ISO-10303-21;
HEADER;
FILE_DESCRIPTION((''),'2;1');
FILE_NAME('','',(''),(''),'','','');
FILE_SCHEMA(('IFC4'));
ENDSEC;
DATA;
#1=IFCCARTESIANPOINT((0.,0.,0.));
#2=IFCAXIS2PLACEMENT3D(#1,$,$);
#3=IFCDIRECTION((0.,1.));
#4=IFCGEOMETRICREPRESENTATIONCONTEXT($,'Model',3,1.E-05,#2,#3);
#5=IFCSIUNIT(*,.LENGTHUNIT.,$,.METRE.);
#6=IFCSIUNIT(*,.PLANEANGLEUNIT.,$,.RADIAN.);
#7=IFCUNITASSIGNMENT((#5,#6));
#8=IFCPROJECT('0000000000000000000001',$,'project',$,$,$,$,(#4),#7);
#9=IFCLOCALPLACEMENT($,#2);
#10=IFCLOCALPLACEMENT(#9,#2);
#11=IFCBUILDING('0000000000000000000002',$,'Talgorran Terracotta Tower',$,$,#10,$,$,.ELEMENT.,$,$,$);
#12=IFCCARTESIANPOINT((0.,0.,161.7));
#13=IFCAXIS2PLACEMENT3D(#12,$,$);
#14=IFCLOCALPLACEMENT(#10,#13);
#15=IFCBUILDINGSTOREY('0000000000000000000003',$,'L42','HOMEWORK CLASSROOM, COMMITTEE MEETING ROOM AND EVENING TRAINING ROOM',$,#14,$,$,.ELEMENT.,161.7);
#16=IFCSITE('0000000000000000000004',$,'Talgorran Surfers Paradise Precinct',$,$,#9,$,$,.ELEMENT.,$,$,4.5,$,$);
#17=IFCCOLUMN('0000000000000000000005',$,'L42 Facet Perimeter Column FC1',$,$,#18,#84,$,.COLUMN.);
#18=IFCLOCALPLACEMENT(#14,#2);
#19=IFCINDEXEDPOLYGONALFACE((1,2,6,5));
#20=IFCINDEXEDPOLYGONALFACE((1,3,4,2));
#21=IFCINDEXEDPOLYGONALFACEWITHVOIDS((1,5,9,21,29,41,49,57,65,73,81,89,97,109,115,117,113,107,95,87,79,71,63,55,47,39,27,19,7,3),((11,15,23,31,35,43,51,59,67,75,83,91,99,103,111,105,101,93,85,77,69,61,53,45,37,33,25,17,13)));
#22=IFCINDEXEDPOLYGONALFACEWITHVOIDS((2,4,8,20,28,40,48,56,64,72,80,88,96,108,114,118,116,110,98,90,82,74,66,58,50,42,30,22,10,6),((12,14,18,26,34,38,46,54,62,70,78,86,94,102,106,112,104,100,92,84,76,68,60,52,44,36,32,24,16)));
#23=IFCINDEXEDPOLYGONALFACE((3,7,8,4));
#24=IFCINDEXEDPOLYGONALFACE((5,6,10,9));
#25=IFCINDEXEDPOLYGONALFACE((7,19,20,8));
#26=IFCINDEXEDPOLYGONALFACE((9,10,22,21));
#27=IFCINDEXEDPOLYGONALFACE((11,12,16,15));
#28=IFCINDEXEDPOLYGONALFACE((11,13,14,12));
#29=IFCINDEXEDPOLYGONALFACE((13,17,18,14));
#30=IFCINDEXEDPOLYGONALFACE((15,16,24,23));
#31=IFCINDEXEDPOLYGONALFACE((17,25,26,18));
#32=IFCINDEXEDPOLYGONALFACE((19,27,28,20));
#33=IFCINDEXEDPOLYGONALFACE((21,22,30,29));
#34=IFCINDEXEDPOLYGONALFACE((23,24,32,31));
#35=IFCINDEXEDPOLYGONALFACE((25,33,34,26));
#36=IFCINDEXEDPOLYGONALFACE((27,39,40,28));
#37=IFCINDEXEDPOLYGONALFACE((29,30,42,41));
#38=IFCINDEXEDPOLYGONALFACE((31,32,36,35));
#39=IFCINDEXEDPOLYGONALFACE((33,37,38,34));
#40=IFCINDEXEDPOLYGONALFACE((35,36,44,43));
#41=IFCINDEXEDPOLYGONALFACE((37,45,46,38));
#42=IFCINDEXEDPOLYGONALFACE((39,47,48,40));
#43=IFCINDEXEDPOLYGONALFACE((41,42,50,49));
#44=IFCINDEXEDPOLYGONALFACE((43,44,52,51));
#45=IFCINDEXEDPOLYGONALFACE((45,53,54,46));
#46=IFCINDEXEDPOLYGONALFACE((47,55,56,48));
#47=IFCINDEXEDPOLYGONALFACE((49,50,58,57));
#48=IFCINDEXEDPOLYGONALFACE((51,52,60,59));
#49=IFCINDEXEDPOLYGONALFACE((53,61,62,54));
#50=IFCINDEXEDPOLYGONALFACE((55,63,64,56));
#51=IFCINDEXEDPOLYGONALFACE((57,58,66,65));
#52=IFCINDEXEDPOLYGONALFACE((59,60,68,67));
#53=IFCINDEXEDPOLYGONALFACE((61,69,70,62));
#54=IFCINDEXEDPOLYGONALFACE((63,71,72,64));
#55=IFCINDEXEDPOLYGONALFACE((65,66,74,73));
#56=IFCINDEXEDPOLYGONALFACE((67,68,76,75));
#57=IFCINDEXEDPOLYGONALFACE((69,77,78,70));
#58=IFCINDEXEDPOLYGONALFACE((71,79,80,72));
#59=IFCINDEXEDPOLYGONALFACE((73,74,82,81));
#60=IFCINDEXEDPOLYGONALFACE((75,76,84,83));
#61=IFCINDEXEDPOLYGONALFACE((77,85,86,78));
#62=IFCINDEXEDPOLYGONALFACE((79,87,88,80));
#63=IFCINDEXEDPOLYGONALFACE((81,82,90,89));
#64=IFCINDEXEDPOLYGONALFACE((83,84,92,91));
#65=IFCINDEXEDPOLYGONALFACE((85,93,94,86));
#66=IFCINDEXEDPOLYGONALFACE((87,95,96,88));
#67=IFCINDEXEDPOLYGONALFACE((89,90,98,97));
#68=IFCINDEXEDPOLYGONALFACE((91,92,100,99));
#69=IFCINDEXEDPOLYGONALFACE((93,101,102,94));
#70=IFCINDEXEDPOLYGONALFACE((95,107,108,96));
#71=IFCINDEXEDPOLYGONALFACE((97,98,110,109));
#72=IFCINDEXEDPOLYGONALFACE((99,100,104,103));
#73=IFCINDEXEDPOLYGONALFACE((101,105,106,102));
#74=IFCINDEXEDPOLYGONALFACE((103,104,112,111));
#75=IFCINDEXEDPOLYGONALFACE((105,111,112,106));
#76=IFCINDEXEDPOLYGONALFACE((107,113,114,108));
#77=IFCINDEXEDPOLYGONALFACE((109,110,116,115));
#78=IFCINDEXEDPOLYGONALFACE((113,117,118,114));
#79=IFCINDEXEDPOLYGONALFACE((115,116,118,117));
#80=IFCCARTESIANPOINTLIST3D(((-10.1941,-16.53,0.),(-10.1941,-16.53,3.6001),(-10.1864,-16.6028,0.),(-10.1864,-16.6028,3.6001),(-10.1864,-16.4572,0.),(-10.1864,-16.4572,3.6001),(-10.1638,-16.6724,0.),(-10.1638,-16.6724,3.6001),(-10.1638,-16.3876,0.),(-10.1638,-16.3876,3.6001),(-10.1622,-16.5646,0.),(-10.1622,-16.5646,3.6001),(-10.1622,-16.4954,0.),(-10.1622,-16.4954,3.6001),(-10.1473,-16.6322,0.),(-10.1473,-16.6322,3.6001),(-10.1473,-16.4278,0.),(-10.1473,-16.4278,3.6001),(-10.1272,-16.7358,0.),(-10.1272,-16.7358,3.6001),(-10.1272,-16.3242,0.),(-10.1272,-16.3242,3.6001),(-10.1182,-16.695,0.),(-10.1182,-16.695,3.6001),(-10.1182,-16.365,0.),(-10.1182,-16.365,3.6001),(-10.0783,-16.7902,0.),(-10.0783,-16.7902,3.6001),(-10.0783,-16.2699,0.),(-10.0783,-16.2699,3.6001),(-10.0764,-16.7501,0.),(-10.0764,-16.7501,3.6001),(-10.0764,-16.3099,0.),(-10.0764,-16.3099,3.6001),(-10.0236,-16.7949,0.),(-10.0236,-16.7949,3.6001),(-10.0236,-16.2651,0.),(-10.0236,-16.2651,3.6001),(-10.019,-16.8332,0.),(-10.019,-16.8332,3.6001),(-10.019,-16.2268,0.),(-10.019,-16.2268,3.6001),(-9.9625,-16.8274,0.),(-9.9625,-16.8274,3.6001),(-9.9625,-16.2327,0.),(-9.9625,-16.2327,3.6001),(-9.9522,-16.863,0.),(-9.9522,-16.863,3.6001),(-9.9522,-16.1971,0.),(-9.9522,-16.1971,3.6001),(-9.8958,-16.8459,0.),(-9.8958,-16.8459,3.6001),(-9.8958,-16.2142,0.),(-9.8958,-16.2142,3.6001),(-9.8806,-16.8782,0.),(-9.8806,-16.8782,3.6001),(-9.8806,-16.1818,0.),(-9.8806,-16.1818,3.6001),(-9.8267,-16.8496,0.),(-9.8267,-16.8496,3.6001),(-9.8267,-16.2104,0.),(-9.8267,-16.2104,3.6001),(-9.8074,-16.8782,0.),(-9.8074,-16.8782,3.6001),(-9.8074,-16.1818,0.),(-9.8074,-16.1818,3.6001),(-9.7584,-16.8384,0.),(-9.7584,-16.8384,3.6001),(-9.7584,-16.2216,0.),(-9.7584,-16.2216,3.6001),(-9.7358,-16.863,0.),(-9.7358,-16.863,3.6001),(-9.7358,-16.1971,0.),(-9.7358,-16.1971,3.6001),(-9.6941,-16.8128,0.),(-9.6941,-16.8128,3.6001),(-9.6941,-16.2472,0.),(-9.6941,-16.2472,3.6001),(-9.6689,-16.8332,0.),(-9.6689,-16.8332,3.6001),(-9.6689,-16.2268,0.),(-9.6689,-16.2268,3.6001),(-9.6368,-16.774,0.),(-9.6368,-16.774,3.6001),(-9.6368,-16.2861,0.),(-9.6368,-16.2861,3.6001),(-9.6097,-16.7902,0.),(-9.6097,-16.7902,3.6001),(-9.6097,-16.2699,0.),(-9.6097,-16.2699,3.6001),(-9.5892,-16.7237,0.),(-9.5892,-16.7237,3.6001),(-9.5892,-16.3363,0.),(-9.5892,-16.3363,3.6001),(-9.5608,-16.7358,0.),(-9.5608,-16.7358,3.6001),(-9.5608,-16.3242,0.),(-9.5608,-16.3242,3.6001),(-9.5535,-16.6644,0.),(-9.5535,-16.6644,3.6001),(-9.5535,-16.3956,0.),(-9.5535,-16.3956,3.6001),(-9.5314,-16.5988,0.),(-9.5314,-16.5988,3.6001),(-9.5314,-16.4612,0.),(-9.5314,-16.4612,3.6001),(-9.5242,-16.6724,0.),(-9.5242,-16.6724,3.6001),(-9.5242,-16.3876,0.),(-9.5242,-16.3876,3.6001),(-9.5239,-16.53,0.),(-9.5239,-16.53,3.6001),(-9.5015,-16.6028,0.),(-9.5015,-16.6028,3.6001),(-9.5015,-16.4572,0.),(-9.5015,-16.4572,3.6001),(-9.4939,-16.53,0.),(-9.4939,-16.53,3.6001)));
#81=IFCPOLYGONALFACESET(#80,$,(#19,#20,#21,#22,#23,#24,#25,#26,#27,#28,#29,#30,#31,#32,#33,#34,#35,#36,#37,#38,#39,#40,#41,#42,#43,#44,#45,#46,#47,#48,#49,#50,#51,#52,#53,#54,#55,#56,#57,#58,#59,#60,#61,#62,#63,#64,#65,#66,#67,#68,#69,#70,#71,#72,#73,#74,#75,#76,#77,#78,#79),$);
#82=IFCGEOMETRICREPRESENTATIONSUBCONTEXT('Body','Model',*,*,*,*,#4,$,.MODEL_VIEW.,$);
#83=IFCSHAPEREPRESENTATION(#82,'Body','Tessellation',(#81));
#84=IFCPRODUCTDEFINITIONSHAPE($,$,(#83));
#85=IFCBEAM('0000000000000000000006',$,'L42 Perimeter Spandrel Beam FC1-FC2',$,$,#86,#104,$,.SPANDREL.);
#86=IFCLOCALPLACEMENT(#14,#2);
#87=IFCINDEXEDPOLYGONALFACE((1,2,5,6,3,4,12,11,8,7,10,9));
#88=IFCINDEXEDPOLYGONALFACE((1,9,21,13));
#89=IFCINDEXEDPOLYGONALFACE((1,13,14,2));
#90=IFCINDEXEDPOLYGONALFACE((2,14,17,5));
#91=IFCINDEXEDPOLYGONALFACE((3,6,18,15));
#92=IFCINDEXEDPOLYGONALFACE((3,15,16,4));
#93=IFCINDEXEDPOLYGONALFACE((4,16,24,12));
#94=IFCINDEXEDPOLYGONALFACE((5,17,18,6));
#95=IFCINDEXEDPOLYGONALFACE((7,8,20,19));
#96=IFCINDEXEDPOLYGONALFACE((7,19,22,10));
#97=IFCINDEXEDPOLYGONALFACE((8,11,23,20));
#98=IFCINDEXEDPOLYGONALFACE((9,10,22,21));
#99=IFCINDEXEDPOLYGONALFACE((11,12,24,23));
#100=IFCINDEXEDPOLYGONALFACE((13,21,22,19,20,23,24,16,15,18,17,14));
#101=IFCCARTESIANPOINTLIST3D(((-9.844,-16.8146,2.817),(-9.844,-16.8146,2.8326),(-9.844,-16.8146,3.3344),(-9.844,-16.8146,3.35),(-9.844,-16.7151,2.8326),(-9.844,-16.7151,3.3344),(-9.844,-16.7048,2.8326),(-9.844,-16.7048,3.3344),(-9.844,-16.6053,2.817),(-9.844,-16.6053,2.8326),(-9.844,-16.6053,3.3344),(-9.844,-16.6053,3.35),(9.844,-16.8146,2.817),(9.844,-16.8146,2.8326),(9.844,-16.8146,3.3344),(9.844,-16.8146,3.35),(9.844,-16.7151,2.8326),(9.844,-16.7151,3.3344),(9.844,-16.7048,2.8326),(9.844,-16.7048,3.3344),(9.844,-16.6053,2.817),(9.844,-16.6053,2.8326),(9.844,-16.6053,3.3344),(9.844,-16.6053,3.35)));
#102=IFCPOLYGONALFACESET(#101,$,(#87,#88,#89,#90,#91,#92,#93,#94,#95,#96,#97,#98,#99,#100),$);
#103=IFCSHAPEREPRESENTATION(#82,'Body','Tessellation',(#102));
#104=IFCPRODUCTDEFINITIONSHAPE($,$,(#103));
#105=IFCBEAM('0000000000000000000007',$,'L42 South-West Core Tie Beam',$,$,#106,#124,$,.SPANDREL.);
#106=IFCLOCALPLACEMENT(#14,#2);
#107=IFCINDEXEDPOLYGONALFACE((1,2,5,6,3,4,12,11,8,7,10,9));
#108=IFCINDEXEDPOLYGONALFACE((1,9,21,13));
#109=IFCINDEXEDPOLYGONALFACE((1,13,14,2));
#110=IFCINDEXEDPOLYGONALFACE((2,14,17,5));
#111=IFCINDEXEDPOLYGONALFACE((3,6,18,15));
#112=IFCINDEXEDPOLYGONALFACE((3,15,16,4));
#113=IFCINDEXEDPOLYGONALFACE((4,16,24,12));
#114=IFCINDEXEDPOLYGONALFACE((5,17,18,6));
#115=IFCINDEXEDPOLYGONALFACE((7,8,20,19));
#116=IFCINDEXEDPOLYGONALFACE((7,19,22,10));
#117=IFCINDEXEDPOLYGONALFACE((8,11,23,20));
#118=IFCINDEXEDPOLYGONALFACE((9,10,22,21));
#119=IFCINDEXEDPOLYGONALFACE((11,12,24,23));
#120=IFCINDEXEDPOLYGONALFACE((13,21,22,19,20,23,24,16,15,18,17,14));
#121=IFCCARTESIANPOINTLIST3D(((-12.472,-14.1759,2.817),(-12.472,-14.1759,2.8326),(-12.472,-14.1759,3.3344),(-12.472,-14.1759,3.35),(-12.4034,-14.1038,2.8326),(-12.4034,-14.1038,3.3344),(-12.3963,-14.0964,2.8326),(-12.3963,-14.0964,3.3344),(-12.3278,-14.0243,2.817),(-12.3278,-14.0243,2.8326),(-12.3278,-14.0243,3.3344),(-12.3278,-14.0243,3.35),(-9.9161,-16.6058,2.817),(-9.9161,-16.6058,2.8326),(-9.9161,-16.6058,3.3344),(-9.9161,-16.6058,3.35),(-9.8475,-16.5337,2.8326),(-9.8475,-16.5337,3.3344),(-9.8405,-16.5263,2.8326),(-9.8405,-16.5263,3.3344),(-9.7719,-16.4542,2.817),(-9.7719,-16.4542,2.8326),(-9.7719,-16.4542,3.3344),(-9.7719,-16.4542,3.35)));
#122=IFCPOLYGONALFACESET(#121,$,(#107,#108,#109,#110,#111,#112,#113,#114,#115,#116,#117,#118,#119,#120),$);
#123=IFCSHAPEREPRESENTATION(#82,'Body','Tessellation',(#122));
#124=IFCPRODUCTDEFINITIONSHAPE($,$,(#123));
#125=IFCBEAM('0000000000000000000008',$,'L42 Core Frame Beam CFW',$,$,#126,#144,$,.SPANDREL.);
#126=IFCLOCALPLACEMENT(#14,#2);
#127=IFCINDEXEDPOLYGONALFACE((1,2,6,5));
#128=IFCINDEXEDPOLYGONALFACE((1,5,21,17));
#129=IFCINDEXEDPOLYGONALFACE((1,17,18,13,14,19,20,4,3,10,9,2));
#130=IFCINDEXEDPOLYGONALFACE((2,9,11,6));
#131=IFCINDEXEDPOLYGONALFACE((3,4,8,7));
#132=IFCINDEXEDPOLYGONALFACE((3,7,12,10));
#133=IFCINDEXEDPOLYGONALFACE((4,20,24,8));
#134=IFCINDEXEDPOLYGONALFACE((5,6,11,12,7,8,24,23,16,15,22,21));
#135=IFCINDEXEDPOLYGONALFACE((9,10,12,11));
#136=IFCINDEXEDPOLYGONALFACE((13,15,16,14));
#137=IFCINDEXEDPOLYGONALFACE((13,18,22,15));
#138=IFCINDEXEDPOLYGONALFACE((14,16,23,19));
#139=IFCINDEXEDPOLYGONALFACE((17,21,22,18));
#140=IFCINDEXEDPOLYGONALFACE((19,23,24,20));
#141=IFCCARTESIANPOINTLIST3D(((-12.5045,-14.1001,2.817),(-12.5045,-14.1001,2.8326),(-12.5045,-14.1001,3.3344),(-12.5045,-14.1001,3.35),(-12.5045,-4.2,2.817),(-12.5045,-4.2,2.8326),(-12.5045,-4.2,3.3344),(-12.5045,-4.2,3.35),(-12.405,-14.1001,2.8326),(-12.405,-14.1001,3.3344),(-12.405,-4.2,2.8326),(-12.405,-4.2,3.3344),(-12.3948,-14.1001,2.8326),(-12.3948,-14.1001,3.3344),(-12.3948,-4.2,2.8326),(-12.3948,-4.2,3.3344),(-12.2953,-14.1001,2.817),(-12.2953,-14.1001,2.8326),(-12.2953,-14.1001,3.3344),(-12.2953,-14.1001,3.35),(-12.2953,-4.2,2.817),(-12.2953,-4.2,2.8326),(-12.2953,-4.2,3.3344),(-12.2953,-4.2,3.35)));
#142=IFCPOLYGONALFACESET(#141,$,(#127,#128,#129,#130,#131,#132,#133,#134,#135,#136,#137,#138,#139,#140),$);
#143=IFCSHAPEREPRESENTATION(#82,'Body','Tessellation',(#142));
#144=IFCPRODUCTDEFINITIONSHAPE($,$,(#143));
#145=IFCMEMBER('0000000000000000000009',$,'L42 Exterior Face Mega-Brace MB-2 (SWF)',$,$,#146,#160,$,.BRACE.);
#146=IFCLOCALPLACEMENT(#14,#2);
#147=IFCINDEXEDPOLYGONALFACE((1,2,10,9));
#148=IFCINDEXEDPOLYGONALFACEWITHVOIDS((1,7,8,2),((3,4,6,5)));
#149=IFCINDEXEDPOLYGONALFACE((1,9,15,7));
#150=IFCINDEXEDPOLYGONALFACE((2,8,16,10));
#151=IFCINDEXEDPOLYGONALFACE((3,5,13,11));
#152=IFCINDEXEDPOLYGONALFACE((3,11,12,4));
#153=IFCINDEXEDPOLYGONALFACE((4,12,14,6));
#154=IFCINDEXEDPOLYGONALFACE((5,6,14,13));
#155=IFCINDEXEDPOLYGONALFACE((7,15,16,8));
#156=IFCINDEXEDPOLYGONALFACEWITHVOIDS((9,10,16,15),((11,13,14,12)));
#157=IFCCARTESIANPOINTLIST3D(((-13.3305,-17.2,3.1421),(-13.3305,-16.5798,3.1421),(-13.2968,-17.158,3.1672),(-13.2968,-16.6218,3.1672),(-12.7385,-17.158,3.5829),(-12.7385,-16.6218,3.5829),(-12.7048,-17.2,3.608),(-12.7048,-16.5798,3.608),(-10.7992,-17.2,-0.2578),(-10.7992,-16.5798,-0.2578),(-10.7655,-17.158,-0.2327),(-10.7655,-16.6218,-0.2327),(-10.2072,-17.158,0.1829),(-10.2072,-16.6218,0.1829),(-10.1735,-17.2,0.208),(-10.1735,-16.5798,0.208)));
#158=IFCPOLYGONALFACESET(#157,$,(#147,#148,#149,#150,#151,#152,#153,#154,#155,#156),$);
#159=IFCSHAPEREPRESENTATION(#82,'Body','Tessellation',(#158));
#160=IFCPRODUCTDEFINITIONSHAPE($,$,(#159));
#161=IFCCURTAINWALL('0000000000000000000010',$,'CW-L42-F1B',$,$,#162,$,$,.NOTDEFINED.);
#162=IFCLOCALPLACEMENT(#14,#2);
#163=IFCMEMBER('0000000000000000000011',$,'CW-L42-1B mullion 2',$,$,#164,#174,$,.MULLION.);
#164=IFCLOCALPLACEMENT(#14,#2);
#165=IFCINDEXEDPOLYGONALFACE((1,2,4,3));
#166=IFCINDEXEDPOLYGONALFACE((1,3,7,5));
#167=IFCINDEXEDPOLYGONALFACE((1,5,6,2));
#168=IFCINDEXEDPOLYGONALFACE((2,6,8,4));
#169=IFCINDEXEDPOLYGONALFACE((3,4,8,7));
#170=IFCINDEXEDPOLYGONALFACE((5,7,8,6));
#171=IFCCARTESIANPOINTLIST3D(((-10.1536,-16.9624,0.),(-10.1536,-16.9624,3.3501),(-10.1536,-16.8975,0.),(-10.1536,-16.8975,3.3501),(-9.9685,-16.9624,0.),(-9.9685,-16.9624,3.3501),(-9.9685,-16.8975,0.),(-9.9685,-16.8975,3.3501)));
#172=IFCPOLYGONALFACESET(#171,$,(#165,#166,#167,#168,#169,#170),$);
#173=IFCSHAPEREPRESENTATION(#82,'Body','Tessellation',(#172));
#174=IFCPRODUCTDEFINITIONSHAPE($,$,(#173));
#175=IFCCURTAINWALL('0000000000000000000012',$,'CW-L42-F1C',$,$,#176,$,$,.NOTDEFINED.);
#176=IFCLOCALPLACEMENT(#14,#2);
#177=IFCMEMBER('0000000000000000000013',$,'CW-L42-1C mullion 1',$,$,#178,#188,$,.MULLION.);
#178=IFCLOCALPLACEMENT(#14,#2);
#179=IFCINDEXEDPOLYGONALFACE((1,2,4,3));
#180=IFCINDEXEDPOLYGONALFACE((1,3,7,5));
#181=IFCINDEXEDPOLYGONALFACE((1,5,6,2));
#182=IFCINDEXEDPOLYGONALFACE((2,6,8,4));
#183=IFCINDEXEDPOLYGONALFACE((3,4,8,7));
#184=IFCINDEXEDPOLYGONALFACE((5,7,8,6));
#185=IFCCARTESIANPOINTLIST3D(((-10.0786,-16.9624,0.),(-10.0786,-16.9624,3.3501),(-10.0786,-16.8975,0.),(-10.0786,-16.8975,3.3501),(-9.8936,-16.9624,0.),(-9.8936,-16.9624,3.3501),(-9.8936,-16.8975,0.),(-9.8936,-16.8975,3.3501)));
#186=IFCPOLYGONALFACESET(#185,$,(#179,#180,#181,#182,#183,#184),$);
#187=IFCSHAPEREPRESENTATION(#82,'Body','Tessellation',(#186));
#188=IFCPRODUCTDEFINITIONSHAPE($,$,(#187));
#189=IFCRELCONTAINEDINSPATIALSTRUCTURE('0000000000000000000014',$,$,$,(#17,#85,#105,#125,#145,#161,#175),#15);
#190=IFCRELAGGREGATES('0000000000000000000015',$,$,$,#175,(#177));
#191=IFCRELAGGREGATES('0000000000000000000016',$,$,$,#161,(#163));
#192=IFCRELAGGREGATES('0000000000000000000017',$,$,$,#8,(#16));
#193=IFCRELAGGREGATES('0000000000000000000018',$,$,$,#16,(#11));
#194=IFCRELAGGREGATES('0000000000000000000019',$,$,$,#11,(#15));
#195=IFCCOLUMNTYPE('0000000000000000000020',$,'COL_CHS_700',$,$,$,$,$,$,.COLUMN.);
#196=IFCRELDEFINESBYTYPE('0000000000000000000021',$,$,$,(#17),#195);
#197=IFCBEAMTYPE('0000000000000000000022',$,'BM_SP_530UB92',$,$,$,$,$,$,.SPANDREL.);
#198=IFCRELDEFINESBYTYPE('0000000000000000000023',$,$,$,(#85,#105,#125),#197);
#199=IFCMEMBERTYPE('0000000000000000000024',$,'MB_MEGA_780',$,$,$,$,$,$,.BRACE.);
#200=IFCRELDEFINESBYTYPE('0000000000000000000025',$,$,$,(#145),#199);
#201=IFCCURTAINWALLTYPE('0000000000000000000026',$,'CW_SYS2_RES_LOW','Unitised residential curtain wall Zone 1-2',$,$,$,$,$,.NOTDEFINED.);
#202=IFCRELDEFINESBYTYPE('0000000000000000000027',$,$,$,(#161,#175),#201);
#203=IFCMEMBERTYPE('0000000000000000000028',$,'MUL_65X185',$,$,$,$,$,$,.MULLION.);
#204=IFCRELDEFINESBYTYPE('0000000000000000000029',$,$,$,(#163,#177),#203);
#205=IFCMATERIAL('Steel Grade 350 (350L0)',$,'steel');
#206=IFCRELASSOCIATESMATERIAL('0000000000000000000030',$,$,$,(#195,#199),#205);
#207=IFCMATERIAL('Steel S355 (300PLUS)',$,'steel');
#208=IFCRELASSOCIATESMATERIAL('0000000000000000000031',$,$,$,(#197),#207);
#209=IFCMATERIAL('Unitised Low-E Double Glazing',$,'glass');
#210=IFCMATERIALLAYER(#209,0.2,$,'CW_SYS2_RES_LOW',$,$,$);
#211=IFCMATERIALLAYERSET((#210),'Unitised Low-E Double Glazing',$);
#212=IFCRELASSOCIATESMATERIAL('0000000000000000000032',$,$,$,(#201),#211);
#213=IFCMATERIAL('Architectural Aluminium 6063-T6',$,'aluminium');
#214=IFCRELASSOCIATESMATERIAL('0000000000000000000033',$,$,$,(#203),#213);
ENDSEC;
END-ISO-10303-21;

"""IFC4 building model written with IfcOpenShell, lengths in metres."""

from ifc_helpers import new_model, si_unit, direction, frame, origin, origin_2d, place, context, subcontext, project, spatial, rectangle, hollow_rectangle, hollow_circle, i_section, extrude, material, layer, layer_set, material_profile, profile_set, type_object, element, aggregate, save


model = new_model("IFC4")

# Units and contexts
model_context = context("Model", 3, precision=1e-05, world=origin(), true_north=direction((0.0, 1.0)))
body_context = subcontext(model_context, "Body", "Model", "MODEL_VIEW")
ifc_project = project(units=[si_unit("LENGTHUNIT", "METRE"), si_unit("PLANEANGLEUNIT", "RADIAN")], contexts=[model_context])

# Site, building, storey
site_placement = place(None, origin())
site = spatial("IfcSite", under=ifc_project, at=site_placement, Name="Talgorran Surfers Paradise Precinct", CompositionType="ELEMENT", RefElevation=4.5)
building_placement = place(site_placement, origin())
building = spatial("IfcBuilding", under=site, at=building_placement, Name="Talgorran Terracotta Tower", CompositionType="ELEMENT")
storey_placement = place(building_placement, frame((0.0, 0.0, 161.7)))
storey = spatial("IfcBuildingStorey", under=building, at=storey_placement, Name="L42", Description="HOMEWORK CLASSROOM, COMMITTEE MEETING ROOM AND EVENING TRAINING ROOM", CompositionType="ELEMENT", Elevation=161.7)

# Column
ifc_material_1 = material(Name="Steel Grade 350 (350L0)", Category="steel")
ifc_material_profile_1 = material_profile(ifc_material_1, hollow_circle(Radius=0.3501, WallThickness=0.03, at=origin_2d()), Name="CHS700X30")
ifc_profile_set_1 = profile_set([ifc_material_profile_1], Name="Steel Grade 350 (350L0)")
column_type = type_object("IfcColumnType", Name="COL_CHS_700", PredefinedType="COLUMN", material=ifc_profile_set_1)
column_placement = place(storey_placement, frame((-9.844, -16.53, 0.0), z_axis=(0.0, 0.0, 1.0), x_axis=(1.0, 0.0, 0.0)))
element("IfcColumn", 1, at=column_placement, inside=storey, type_object=column_type, Name="L42 Facet Perimeter Column FC1", PredefinedType="COLUMN", context=body_context, shape_type="SweptSolid", body=[
    extrude(hollow_circle(Radius=0.3501, WallThickness=0.03, at=origin_2d()), origin(), (0.0, 0.0, 1.0), 3.6001),
])

# Beams
ifc_material_2 = material(Name="Steel S355 (300PLUS)", Category="steel")
ifc_material_profile_2 = material_profile(ifc_material_2, i_section(OverallWidth=0.2092, OverallDepth=0.533, WebThickness=0.0103, FlangeThickness=0.0156, at=origin_2d()), Name="530UB92.4")
ifc_profile_set_2 = profile_set([ifc_material_profile_2], Name="Steel S355 (300PLUS)")
beam_type = type_object("IfcBeamType", Name="BM_SP_530UB92", PredefinedType="SPANDREL", material=ifc_profile_set_2)
beam_1_placement = place(storey_placement, frame((-9.844, -16.71, 3.0835), z_axis=(1.0, 0.0, 0.0), x_axis=(0.0, 1.0, 0.0)))
element("IfcBeam", 2, at=beam_1_placement, inside=storey, type_object=beam_type, Name="L42 Perimeter Spandrel Beam FC1-FC2", PredefinedType="SPANDREL", context=body_context, shape_type="SweptSolid", body=[
    extrude(i_section(OverallWidth=0.2092, OverallDepth=0.533, WebThickness=0.0103, FlangeThickness=0.0156, at=origin_2d()), origin(), (0.0, 0.0, 1.0), 19.688),
])
beam_2_placement = place(storey_placement, frame((-9.844, -16.53, 3.0835), z_axis=(-0.724742, 0.689021, 0.0), x_axis=(-0.689021, -0.724742, 0.0)))
element("IfcBeam", 3, at=beam_2_placement, inside=storey, type_object=beam_type, Name="L42 South-West Core Tie Beam", PredefinedType="SPANDREL", context=body_context, shape_type="SweptSolid", body=[
    extrude(i_section(OverallWidth=0.2092, OverallDepth=0.533, WebThickness=0.0103, FlangeThickness=0.0156, at=origin_2d()), origin(), (0.0, 0.0, 1.0), 3.5266),
])
beam_3_placement = place(storey_placement, frame((-12.3999, -14.1001, 3.0835), z_axis=(0.0, 1.0, 0.0), x_axis=(-1.0, 0.0, 0.0)))
element("IfcBeam", 4, at=beam_3_placement, inside=storey, type_object=beam_type, Name="L42 Core Frame Beam CFW", PredefinedType="SPANDREL", context=body_context, shape_type="SweptSolid", body=[
    extrude(i_section(OverallWidth=0.2092, OverallDepth=0.533, WebThickness=0.0103, FlangeThickness=0.0156, at=origin_2d()), origin(), (0.0, 0.0, 1.0), 9.9001),
])

# Member
ifc_material_profile_3 = material_profile(ifc_material_1, hollow_rectangle(XDim=0.6201, YDim=0.78, WallThickness=0.042, at=origin_2d()), Name="WBOX780X620X42")
ifc_profile_set_3 = profile_set([ifc_material_profile_3], Name="Steel Grade 350 (350L0)")
member_type_1 = type_object("IfcMemberType", Name="MB_MEGA_780", PredefinedType="BRACE", material=ifc_profile_set_3)
member_1_placement = place(storey_placement, frame((-10.4863, -16.8899, -0.0249), z_axis=(-0.597176, 0.0, 0.80211), x_axis=(0.0, -1.0, 0.0)))
element("IfcMember", 5, at=member_1_placement, inside=storey, type_object=member_type_1, Name="L42 Exterior Face Mega-Brace MB-2 (SWF)", PredefinedType="BRACE", context=body_context, shape_type="SweptSolid", body=[
    extrude(hollow_rectangle(XDim=0.6201, YDim=0.78, WallThickness=0.042, at=origin_2d()), origin(), (0.0, 0.0, 1.0), 4.2388),
])

# Curtain wall, member
ifc_material_3 = material(Name="Unitised Low-E Double Glazing", Category="glass")
ifc_layer_1 = layer(ifc_material_3, 0.2, Name="CW_SYS2_RES_LOW")
ifc_layer_set_1 = layer_set([ifc_layer_1], Name="Unitised Low-E Double Glazing")
curtain_wall_type = type_object("IfcCurtainWallType", Name="CW_SYS2_RES_LOW", Description="Unitised residential curtain wall Zone 1-2", PredefinedType="NOTDEFINED", material=ifc_layer_set_1)
curtain_wall_1_placement = place(storey_placement, origin())
curtain_wall_1 = element("IfcCurtainWall", 6, at=curtain_wall_1_placement, inside=storey, type_object=curtain_wall_type, Name="CW-L42-F1B", PredefinedType="NOTDEFINED")
ifc_material_4 = material(Name="Architectural Aluminium 6063-T6", Category="aluminium")
ifc_material_profile_4 = material_profile(ifc_material_4, rectangle(XDim=0.0649, YDim=0.1851, at=origin_2d()), Name="CWM65X185")
ifc_profile_set_4 = profile_set([ifc_material_profile_4], Name="Architectural Aluminium 6063-T6")
member_type_2 = type_object("IfcMemberType", Name="MUL_65X185", PredefinedType="MULLION", material=ifc_profile_set_4)
member_2_placement = place(storey_placement, frame((-10.061, -16.9299, 0.0), z_axis=(0.0, 0.0, 1.0), x_axis=(0.0, 1.0, 0.0)))
member_2 = element("IfcMember", 7, at=member_2_placement, type_object=member_type_2, Name="CW-L42-1B mullion 2", PredefinedType="MULLION", context=body_context, shape_type="SweptSolid", body=[
    extrude(rectangle(XDim=0.0649, YDim=0.1851, at=origin_2d()), origin(), (0.0, 0.0, 1.0), 3.3501),
])

# Curtain wall, member
curtain_wall_2_placement = place(storey_placement, origin())
curtain_wall_2 = element("IfcCurtainWall", 8, at=curtain_wall_2_placement, inside=storey, type_object=curtain_wall_type, Name="CW-L42-F1C", PredefinedType="NOTDEFINED")
member_3_placement = place(storey_placement, frame((-9.9861, -16.9299, 0.0), z_axis=(0.0, 0.0, 1.0), x_axis=(0.0, 1.0, 0.0)))
member_3 = element("IfcMember", 9, at=member_3_placement, type_object=member_type_2, Name="CW-L42-1C mullion 1", PredefinedType="MULLION", context=body_context, shape_type="SweptSolid", body=[
    extrude(rectangle(XDim=0.0649, YDim=0.1851, at=origin_2d()), origin(), (0.0, 0.0, 1.0), 3.3501),
])
aggregate(curtain_wall_2, [member_3])

aggregate(curtain_wall_1, [member_2])

save(model, "model.ifc")
